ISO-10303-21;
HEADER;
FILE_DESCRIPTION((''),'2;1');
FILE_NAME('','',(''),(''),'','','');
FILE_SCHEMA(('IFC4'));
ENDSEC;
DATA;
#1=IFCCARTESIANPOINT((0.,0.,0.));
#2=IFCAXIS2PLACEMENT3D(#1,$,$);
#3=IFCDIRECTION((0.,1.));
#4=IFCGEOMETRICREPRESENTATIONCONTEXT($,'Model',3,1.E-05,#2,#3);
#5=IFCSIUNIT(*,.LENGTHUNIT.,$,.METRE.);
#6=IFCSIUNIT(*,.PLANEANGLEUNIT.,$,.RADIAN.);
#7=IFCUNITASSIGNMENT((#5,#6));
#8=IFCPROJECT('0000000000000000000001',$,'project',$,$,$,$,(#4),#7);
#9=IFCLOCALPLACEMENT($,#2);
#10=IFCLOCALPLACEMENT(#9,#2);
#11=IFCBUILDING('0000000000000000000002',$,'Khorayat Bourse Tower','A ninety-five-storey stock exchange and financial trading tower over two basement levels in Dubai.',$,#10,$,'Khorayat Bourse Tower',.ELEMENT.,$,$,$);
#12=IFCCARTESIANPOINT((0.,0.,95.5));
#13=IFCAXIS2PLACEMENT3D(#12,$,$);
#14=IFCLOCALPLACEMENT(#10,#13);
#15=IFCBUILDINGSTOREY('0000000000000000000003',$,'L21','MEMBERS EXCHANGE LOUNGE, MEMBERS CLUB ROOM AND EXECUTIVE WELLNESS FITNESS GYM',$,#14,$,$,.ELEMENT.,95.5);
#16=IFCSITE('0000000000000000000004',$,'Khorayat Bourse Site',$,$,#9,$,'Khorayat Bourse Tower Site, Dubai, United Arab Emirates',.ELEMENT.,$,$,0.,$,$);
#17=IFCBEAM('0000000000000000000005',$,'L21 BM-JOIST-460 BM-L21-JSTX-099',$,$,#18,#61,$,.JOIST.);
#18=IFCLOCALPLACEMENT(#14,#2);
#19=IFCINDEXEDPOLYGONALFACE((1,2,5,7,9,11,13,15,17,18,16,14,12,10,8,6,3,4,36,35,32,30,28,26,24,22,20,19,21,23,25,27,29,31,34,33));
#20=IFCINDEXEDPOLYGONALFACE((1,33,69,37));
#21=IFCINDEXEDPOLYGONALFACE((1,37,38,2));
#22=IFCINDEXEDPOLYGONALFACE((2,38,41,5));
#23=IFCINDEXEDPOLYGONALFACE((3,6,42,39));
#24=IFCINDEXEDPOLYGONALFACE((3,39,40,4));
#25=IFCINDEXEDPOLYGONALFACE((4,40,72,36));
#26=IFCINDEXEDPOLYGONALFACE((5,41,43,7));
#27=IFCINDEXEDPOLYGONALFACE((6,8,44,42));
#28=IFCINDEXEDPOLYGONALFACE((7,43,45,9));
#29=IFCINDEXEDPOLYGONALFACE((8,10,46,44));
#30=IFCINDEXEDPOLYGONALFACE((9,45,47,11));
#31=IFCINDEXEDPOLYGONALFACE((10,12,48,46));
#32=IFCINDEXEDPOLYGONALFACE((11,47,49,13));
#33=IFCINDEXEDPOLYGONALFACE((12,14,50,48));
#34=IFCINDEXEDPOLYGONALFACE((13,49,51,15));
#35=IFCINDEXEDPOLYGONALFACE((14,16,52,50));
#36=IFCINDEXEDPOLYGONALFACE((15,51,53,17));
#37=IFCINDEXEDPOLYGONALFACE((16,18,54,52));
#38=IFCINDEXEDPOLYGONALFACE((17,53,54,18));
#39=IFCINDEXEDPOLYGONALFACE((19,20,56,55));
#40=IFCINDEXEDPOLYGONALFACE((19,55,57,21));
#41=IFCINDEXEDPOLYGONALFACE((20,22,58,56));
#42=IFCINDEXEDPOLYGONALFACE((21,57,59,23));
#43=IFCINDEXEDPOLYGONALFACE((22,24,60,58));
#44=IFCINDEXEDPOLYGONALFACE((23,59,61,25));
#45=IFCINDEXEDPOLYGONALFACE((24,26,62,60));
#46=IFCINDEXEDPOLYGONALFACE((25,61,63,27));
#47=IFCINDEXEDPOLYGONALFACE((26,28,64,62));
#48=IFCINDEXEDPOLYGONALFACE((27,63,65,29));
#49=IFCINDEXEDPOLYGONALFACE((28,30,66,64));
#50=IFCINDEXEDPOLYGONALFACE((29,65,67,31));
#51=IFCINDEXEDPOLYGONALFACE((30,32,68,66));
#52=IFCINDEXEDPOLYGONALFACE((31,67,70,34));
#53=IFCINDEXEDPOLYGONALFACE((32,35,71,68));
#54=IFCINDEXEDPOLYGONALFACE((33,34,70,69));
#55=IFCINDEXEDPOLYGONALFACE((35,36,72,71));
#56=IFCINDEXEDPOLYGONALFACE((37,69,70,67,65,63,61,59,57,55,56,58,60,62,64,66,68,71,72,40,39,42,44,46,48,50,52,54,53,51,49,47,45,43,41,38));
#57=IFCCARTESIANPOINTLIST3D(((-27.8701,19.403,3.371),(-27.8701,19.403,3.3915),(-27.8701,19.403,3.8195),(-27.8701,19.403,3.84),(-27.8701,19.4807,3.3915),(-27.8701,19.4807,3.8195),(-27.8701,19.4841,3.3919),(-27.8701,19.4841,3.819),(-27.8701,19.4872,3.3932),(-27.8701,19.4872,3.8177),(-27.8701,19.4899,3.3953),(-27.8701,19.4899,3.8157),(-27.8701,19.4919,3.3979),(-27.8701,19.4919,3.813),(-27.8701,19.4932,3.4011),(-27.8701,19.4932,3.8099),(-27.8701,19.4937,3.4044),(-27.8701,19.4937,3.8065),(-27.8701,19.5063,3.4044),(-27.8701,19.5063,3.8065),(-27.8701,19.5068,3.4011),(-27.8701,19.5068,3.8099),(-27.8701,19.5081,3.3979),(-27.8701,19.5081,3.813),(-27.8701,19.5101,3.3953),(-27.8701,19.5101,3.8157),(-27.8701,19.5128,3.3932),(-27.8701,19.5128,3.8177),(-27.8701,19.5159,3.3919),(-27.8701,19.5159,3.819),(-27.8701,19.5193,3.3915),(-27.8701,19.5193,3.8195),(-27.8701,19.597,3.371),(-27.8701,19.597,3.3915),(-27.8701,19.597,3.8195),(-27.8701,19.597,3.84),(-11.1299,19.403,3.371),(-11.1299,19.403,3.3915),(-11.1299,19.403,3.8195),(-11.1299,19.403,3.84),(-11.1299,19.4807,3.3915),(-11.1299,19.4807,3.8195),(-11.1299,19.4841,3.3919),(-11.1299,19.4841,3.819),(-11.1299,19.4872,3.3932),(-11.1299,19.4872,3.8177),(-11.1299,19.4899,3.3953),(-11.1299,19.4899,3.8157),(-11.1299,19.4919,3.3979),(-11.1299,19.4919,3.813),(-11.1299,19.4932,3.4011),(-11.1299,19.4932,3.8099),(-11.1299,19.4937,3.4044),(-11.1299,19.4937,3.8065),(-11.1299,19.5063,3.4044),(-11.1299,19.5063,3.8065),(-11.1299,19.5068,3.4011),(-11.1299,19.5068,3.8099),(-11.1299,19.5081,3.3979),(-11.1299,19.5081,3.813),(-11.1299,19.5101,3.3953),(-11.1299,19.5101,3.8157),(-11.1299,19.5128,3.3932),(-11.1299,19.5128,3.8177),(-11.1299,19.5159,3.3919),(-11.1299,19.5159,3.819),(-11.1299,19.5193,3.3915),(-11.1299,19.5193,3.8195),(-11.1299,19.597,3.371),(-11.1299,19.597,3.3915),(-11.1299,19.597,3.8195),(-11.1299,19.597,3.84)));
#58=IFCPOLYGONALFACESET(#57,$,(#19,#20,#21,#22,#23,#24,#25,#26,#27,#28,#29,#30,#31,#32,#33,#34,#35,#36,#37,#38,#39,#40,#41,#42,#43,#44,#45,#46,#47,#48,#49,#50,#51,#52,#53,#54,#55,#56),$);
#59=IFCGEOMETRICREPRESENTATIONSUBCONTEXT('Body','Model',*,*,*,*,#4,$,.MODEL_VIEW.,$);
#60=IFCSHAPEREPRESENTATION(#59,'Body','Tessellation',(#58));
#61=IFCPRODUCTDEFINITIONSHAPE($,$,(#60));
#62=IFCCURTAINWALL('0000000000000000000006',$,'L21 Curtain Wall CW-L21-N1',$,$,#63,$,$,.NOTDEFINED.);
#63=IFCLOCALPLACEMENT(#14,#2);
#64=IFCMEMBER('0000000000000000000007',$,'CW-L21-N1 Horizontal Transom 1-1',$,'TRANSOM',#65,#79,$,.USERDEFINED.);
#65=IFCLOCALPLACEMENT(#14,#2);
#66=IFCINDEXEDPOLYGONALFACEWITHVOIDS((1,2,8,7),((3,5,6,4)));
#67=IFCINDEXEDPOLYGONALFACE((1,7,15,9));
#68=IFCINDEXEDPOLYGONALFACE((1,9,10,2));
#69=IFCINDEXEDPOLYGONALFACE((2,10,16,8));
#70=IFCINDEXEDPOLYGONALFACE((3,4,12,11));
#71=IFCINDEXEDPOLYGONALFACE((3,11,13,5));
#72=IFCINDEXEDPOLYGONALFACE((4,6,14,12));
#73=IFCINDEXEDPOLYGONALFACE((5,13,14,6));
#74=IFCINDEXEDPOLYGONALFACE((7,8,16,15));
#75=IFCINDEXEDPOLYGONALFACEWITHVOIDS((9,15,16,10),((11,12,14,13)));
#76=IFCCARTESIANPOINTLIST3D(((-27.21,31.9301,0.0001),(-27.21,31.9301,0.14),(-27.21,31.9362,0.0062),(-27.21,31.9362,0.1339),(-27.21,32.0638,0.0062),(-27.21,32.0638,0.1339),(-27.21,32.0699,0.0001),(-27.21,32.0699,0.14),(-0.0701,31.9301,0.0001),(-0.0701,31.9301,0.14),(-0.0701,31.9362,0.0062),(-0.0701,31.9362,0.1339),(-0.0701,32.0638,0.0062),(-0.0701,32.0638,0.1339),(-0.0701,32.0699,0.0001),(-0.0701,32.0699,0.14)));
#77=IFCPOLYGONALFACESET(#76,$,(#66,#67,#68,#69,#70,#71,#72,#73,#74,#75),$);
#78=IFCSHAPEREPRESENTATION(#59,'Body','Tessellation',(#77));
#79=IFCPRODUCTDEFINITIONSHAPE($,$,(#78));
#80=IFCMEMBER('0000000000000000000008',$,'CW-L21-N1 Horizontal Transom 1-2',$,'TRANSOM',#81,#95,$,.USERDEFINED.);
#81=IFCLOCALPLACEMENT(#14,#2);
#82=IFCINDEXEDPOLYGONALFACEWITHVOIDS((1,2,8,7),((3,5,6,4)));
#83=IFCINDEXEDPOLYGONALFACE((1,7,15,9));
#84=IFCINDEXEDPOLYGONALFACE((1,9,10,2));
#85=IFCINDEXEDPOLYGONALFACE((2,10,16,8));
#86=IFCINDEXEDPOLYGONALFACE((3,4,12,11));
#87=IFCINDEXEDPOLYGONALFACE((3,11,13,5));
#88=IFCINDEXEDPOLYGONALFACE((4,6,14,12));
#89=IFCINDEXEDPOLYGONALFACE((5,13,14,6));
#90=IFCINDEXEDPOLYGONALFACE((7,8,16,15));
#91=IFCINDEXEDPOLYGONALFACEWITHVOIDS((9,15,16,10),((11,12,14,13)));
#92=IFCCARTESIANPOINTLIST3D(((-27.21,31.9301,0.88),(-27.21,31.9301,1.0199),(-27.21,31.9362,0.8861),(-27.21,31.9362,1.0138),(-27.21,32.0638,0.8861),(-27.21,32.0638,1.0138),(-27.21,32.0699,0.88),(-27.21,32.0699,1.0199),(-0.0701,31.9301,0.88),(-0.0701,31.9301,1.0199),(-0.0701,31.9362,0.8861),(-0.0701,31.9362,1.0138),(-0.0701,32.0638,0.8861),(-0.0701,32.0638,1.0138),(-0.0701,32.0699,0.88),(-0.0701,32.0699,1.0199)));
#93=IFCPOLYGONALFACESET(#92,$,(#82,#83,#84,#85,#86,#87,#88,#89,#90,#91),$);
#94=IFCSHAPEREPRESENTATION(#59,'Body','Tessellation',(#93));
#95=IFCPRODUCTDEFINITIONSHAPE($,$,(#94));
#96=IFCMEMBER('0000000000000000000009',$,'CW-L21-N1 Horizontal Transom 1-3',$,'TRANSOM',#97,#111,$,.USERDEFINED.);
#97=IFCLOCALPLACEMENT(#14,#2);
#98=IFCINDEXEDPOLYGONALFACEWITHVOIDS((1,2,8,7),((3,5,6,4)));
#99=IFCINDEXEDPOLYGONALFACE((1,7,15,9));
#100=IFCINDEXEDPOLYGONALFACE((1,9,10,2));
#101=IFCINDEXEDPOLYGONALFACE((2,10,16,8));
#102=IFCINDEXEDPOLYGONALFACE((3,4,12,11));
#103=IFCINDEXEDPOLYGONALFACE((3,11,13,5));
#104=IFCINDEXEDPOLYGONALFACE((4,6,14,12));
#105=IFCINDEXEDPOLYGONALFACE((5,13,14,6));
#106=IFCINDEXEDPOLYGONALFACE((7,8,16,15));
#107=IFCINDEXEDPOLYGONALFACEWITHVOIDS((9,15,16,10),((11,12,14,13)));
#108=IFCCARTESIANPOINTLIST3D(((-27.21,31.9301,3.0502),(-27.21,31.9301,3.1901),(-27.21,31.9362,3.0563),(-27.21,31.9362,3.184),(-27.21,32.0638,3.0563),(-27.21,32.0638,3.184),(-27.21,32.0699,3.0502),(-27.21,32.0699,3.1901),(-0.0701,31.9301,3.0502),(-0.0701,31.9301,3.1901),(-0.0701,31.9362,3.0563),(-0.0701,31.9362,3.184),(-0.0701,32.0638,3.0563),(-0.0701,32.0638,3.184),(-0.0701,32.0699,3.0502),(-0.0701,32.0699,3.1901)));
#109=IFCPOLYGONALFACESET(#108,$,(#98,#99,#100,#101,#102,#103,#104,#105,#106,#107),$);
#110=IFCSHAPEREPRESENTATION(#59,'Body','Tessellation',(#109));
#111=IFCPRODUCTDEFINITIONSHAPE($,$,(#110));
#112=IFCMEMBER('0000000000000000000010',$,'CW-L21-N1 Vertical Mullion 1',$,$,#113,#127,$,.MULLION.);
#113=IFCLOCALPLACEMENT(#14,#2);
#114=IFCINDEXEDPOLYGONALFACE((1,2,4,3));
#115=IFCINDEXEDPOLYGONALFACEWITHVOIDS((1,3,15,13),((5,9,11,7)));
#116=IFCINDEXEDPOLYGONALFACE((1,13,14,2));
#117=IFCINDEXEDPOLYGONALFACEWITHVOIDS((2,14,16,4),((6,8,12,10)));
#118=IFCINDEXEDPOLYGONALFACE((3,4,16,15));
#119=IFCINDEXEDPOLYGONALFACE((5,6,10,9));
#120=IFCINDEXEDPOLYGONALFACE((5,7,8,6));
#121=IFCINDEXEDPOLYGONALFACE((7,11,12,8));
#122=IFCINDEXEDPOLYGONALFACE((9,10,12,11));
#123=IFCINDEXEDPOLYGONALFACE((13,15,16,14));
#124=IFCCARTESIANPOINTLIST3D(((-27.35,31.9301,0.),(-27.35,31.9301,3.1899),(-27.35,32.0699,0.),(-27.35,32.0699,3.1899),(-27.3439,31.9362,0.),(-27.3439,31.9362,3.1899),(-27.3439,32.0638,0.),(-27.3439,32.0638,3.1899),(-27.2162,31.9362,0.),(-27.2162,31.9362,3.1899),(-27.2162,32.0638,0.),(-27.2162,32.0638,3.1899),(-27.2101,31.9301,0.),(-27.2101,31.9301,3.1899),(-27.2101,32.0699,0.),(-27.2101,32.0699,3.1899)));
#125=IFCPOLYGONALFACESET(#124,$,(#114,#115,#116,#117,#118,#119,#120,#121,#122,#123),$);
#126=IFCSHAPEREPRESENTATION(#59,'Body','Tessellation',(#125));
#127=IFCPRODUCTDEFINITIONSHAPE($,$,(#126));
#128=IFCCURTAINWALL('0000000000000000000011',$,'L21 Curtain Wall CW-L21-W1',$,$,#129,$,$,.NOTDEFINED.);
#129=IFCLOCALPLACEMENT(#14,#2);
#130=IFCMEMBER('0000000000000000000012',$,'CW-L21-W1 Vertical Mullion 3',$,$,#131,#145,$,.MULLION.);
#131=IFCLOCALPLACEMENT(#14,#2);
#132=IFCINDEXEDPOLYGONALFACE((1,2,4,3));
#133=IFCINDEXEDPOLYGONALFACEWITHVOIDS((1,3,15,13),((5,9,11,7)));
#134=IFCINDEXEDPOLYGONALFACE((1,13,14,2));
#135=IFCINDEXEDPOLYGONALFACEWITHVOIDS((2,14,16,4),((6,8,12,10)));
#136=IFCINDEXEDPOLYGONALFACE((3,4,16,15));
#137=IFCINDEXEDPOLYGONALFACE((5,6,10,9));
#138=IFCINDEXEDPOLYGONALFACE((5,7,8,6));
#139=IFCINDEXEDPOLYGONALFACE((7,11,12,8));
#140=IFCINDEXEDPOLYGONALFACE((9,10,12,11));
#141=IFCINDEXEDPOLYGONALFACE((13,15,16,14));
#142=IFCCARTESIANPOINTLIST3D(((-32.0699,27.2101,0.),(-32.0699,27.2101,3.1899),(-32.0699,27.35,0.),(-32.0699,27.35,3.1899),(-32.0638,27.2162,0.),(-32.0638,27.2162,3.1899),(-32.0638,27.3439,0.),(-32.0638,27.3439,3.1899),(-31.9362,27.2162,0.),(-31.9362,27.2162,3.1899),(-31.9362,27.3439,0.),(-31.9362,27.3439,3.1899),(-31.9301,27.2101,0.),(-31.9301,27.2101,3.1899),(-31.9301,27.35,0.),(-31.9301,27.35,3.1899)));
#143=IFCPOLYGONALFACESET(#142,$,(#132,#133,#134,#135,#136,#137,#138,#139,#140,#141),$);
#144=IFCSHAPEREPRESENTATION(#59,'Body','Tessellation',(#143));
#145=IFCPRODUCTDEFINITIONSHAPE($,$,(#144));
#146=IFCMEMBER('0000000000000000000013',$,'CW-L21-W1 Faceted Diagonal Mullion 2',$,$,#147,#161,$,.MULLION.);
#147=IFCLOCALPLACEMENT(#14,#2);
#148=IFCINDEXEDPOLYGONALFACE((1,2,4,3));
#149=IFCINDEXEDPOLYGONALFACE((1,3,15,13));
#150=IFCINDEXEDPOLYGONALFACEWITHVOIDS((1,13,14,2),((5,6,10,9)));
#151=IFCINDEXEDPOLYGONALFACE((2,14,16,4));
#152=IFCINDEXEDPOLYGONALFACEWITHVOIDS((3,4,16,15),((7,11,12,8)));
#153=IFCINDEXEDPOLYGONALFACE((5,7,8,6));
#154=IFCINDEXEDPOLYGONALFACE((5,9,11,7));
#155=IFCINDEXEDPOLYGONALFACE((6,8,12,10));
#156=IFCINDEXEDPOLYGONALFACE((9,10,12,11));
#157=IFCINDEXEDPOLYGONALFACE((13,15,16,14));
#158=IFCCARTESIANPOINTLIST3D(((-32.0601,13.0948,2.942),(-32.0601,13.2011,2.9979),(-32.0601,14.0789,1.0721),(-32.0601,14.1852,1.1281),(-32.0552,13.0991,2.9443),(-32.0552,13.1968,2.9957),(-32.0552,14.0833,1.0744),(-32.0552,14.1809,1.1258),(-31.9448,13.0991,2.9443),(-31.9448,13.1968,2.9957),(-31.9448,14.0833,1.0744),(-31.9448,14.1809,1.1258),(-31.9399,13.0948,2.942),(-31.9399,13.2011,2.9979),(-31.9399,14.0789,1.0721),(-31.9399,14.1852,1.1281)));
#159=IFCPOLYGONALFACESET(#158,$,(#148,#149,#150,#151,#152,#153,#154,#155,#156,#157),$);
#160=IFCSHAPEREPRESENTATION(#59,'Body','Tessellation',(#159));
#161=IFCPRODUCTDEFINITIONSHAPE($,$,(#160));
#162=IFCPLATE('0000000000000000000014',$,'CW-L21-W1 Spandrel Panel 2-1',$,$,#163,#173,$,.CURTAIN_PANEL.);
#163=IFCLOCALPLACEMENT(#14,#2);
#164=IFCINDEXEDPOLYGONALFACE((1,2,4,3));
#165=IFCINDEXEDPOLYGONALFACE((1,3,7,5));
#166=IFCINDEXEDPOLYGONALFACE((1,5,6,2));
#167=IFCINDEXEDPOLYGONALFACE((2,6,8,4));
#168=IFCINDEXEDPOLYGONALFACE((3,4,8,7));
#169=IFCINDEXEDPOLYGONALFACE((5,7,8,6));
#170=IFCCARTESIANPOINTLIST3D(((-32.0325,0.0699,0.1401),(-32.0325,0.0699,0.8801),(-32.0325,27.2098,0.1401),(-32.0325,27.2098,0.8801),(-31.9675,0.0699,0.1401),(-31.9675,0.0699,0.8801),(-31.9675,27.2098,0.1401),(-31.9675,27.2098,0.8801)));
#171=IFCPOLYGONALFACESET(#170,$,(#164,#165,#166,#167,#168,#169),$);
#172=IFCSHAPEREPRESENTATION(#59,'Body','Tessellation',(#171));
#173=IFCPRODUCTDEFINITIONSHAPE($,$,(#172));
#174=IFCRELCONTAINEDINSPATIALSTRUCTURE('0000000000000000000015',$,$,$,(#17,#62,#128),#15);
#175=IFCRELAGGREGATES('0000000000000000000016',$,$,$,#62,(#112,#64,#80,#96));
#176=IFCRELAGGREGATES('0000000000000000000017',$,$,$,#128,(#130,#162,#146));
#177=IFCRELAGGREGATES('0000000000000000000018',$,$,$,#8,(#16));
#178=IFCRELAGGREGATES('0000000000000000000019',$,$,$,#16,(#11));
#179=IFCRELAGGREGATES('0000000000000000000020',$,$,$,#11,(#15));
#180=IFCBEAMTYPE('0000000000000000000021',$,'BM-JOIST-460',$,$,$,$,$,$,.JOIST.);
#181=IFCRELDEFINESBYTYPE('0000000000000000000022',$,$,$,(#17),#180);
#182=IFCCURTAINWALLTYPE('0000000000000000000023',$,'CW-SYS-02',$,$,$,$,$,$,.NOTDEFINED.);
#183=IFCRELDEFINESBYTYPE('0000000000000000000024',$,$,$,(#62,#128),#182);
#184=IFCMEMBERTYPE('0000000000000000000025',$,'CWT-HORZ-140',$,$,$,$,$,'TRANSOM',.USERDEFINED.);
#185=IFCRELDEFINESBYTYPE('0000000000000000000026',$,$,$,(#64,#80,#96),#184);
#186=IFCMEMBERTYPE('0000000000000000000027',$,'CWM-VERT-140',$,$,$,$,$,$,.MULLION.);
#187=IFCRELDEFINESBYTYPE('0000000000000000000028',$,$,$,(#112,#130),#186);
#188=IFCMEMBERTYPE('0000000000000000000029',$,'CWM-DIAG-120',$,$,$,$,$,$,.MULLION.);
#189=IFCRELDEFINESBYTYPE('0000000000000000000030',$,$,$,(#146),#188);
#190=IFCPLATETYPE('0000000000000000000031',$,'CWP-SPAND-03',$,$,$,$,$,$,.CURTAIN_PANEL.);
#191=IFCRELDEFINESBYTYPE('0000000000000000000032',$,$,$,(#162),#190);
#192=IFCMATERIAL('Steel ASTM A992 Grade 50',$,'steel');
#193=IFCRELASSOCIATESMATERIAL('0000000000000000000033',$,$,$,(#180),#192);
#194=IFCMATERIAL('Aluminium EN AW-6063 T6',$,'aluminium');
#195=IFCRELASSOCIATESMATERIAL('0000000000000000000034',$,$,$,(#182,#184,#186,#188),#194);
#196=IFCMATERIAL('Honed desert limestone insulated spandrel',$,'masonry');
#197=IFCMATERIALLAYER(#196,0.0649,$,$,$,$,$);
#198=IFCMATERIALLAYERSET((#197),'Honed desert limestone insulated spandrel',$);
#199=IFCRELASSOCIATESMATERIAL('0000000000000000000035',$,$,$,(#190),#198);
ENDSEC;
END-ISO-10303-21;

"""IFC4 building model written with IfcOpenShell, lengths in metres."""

from ifc_helpers import new_model, si_unit, direction, frame, origin, origin_2d, place, context, subcontext, project, spatial, rectangle, hollow_rectangle, i_section, extrude, source, transform, mapped, material, layer, layer_set, material_profile, profile_set, type_object, element, aggregate, save


model = new_model("IFC4")

# Units and contexts
model_context = context("Model", 3, precision=1e-05, world=origin(), true_north=direction((0.0, 1.0)))
body_context = subcontext(model_context, "Body", "Model", "MODEL_VIEW")
ifc_project = project(units=[si_unit("LENGTHUNIT", "METRE"), si_unit("PLANEANGLEUNIT", "RADIAN")], contexts=[model_context])

# Site, building, storey
site_placement = place(None, origin())
site = spatial("IfcSite", under=ifc_project, at=site_placement, Name="Khorayat Bourse Site", LongName="Khorayat Bourse Tower Site, Dubai, United Arab Emirates", CompositionType="ELEMENT", RefElevation=0.0)
building_placement = place(site_placement, origin())
building = spatial("IfcBuilding", under=site, at=building_placement, Name="Khorayat Bourse Tower", Description="A ninety-five-storey stock exchange and financial trading tower over two basement levels in Dubai.", LongName="Khorayat Bourse Tower", CompositionType="ELEMENT")
storey_placement = place(building_placement, frame((0.0, 0.0, 95.5)))
storey = spatial("IfcBuildingStorey", under=building, at=storey_placement, Name="L21", Description="MEMBERS EXCHANGE LOUNGE, MEMBERS CLUB ROOM AND EXECUTIVE WELLNESS FITNESS GYM", CompositionType="ELEMENT", Elevation=95.5)

# Beam
ifc_material_1 = material(Name="Steel ASTM A992 Grade 50", Category="steel")
ifc_material_profile_1 = material_profile(ifc_material_1, i_section(OverallWidth=0.1941, OverallDepth=0.469, WebThickness=0.0127, FlangeThickness=0.0205, FilletRadius=0.0129, at=origin_2d()), Name="W460X106")
ifc_profile_set_1 = profile_set([ifc_material_profile_1], Name="Steel ASTM A992 Grade 50")
beam_type_1 = type_object("IfcBeamType", Name="BM-JOIST-460", PredefinedType="JOIST", material=ifc_profile_set_1)
shared_shape_1 = source(origin(), body_context, "Body", "SweptSolid", [
    extrude(i_section(OverallWidth=0.1941, OverallDepth=0.469, WebThickness=0.0127, FlangeThickness=0.0205, FilletRadius=0.0129, at=origin_2d()), origin(), (0.0, 0.0, 1.0), 16.7402),
])
beam_1_placement = place(storey_placement, frame((-27.8701, 19.5, 3.6055), z_axis=(1.0, 0.0, 0.0), x_axis=(0.0, 1.0, 0.0)))
element("IfcBeam", 1, at=beam_1_placement, inside=storey, type_object=beam_type_1, Name="L21 BM-JOIST-460 BM-L21-JSTX-099", PredefinedType="JOIST", context=body_context, shape_type="MappedRepresentation", body=[
    mapped(shared_shape_1, transform((0.0, 0.0, 0.0), scale=1.0)),
])

# Curtain wall, members
ifc_material_2 = material(Name="Aluminium EN AW-6063 T6", Category="aluminium")
curtain_wall_type = type_object("IfcCurtainWallType", Name="CW-SYS-02", PredefinedType="NOTDEFINED", material=ifc_material_2)
curtain_wall_1_placement = place(storey_placement, origin())
curtain_wall_1 = element("IfcCurtainWall", 2, at=curtain_wall_1_placement, inside=storey, type_object=curtain_wall_type, Name="L21 Curtain Wall CW-L21-N1", PredefinedType="NOTDEFINED")
ifc_material_profile_2 = material_profile(ifc_material_2, hollow_rectangle(XDim=0.1399, YDim=0.1399, WallThickness=0.0061, at=origin_2d()), Name="ALU 140x140x6")
ifc_profile_set_2 = profile_set([ifc_material_profile_2], Name="Aluminium EN AW-6063 T6")
member_type_1 = type_object("IfcMemberType", Name="CWT-HORZ-140", ElementType="TRANSOM", PredefinedType="USERDEFINED", material=ifc_profile_set_2)
shared_shape_2 = source(origin(), body_context, "Body", "SweptSolid", [
    extrude(hollow_rectangle(XDim=0.1399, YDim=0.1399, WallThickness=0.0061, at=origin_2d()), origin(), (0.0, 0.0, 1.0), 27.1399),
])
member_1_placement = place(storey_placement, frame((-27.21, 32.0, 0.0701), z_axis=(1.0, 0.0, 0.0), x_axis=(0.0, 1.0, 0.0)))
member_1 = element("IfcMember", 3, at=member_1_placement, type_object=member_type_1, Name="CW-L21-N1 Horizontal Transom 1-1", ObjectType="TRANSOM", PredefinedType="USERDEFINED", context=body_context, shape_type="MappedRepresentation", body=[
    mapped(shared_shape_2, transform((0.0, 0.0, 0.0), scale=1.0)),
])
member_2_placement = place(storey_placement, frame((-27.21, 32.0, 0.95), z_axis=(1.0, 0.0, 0.0), x_axis=(0.0, 1.0, 0.0)))
member_2 = element("IfcMember", 4, at=member_2_placement, type_object=member_type_1, Name="CW-L21-N1 Horizontal Transom 1-2", ObjectType="TRANSOM", PredefinedType="USERDEFINED", context=body_context, shape_type="MappedRepresentation", body=[
    mapped(shared_shape_2, transform((0.0, 0.0, 0.0), scale=1.0)),
])
member_3_placement = place(storey_placement, frame((-27.21, 32.0, 3.1201), z_axis=(1.0, 0.0, 0.0), x_axis=(0.0, 1.0, 0.0)))
member_3 = element("IfcMember", 5, at=member_3_placement, type_object=member_type_1, Name="CW-L21-N1 Horizontal Transom 1-3", ObjectType="TRANSOM", PredefinedType="USERDEFINED", context=body_context, shape_type="MappedRepresentation", body=[
    mapped(shared_shape_2, transform((0.0, 0.0, 0.0), scale=1.0)),
])
ifc_material_profile_3 = material_profile(ifc_material_2, hollow_rectangle(XDim=0.1399, YDim=0.1399, WallThickness=0.0061, at=origin_2d()), Name="ALU 140x140x6")
ifc_profile_set_3 = profile_set([ifc_material_profile_3], Name="Aluminium EN AW-6063 T6")
member_type_2 = type_object("IfcMemberType", Name="CWM-VERT-140", PredefinedType="MULLION", material=ifc_profile_set_3)
shared_shape_3 = source(origin(), body_context, "Body", "SweptSolid", [
    extrude(hollow_rectangle(XDim=0.1399, YDim=0.1399, WallThickness=0.0061, at=origin_2d()), origin(), (0.0, 0.0, 1.0), 3.1899),
])
member_4_placement = place(storey_placement, frame((-27.28, 32.0, 0.0), z_axis=(0.0, 0.0, 1.0), x_axis=(0.0, 1.0, 0.0)))
member_4 = element("IfcMember", 6, at=member_4_placement, type_object=member_type_2, Name="CW-L21-N1 Vertical Mullion 1", PredefinedType="MULLION", context=body_context, shape_type="MappedRepresentation", body=[
    mapped(shared_shape_3, transform((0.0, 0.0, 0.0), scale=1.0)),
])
aggregate(curtain_wall_1, [member_4, member_1, member_2, member_3])

# Curtain wall, members, plate
curtain_wall_2_placement = place(storey_placement, origin())
curtain_wall_2 = element("IfcCurtainWall", 7, at=curtain_wall_2_placement, inside=storey, type_object=curtain_wall_type, Name="L21 Curtain Wall CW-L21-W1", PredefinedType="NOTDEFINED")
member_5_placement = place(storey_placement, frame((-32.0, 27.28, 0.0), z_axis=(0.0, 0.0, 1.0), x_axis=(-1.0, 0.0, 0.0)))
member_5 = element("IfcMember", 8, at=member_5_placement, type_object=member_type_2, Name="CW-L21-W1 Vertical Mullion 3", PredefinedType="MULLION", context=body_context, shape_type="MappedRepresentation", body=[
    mapped(shared_shape_3, transform((0.0, 0.0, 0.0), scale=1.0)),
])
ifc_material_profile_4 = material_profile(ifc_material_2, hollow_rectangle(XDim=0.1201, YDim=0.1201, WallThickness=0.0049, at=origin_2d()), Name="ALU 120x120x5")
ifc_profile_set_4 = profile_set([ifc_material_profile_4], Name="Aluminium EN AW-6063 T6")
member_type_3 = type_object("IfcMemberType", Name="CWM-DIAG-120", PredefinedType="MULLION", material=ifc_profile_set_4)
shared_shape_4 = source(origin(), body_context, "Body", "SweptSolid", [
    extrude(hollow_rectangle(XDim=0.1201, YDim=0.1201, WallThickness=0.0049, at=origin_2d()), origin(), (0.0, 0.0, 1.0), 2.113),
])
member_6_placement = place(storey_placement, frame((-32.0, 14.1321, 1.1001), z_axis=(0.0, -0.465742, 0.884921), x_axis=(1.0, 0.0, 0.0)))
member_6 = element("IfcMember", 9, at=member_6_placement, type_object=member_type_3, Name="CW-L21-W1 Faceted Diagonal Mullion 2", PredefinedType="MULLION", context=body_context, shape_type="MappedRepresentation", body=[
    mapped(shared_shape_4, transform((0.0, 0.0, 0.0), scale=1.0)),
])
ifc_material_3 = material(Name="Honed desert limestone insulated spandrel", Category="masonry")
ifc_layer_1 = layer(ifc_material_3, 0.0649)
ifc_layer_set_1 = layer_set([ifc_layer_1], Name="Honed desert limestone insulated spandrel")
plate_type_1 = type_object("IfcPlateType", Name="CWP-SPAND-03", PredefinedType="CURTAIN_PANEL", material=ifc_layer_set_1)
shared_shape_5 = source(origin(), body_context, "Body", "SweptSolid", [
    extrude(rectangle(XDim=27.1399, YDim=0.0649, at=origin_2d()), origin(), (0.0, 0.0, 1.0), 0.74),
])
plate_1_placement = place(storey_placement, frame((-32.0, 13.6399, 0.1401), z_axis=(0.0, 0.0, 1.0), x_axis=(0.0, 1.0, 0.0)))
plate_1 = element("IfcPlate", 10, at=plate_1_placement, type_object=plate_type_1, Name="CW-L21-W1 Spandrel Panel 2-1", PredefinedType="CURTAIN_PANEL", context=body_context, shape_type="MappedRepresentation", body=[
    mapped(shared_shape_5, transform((0.0, 0.0, 0.0), scale=1.0)),
])
aggregate(curtain_wall_2, [member_5, plate_1, member_6])

save(model, "model.ifc")
